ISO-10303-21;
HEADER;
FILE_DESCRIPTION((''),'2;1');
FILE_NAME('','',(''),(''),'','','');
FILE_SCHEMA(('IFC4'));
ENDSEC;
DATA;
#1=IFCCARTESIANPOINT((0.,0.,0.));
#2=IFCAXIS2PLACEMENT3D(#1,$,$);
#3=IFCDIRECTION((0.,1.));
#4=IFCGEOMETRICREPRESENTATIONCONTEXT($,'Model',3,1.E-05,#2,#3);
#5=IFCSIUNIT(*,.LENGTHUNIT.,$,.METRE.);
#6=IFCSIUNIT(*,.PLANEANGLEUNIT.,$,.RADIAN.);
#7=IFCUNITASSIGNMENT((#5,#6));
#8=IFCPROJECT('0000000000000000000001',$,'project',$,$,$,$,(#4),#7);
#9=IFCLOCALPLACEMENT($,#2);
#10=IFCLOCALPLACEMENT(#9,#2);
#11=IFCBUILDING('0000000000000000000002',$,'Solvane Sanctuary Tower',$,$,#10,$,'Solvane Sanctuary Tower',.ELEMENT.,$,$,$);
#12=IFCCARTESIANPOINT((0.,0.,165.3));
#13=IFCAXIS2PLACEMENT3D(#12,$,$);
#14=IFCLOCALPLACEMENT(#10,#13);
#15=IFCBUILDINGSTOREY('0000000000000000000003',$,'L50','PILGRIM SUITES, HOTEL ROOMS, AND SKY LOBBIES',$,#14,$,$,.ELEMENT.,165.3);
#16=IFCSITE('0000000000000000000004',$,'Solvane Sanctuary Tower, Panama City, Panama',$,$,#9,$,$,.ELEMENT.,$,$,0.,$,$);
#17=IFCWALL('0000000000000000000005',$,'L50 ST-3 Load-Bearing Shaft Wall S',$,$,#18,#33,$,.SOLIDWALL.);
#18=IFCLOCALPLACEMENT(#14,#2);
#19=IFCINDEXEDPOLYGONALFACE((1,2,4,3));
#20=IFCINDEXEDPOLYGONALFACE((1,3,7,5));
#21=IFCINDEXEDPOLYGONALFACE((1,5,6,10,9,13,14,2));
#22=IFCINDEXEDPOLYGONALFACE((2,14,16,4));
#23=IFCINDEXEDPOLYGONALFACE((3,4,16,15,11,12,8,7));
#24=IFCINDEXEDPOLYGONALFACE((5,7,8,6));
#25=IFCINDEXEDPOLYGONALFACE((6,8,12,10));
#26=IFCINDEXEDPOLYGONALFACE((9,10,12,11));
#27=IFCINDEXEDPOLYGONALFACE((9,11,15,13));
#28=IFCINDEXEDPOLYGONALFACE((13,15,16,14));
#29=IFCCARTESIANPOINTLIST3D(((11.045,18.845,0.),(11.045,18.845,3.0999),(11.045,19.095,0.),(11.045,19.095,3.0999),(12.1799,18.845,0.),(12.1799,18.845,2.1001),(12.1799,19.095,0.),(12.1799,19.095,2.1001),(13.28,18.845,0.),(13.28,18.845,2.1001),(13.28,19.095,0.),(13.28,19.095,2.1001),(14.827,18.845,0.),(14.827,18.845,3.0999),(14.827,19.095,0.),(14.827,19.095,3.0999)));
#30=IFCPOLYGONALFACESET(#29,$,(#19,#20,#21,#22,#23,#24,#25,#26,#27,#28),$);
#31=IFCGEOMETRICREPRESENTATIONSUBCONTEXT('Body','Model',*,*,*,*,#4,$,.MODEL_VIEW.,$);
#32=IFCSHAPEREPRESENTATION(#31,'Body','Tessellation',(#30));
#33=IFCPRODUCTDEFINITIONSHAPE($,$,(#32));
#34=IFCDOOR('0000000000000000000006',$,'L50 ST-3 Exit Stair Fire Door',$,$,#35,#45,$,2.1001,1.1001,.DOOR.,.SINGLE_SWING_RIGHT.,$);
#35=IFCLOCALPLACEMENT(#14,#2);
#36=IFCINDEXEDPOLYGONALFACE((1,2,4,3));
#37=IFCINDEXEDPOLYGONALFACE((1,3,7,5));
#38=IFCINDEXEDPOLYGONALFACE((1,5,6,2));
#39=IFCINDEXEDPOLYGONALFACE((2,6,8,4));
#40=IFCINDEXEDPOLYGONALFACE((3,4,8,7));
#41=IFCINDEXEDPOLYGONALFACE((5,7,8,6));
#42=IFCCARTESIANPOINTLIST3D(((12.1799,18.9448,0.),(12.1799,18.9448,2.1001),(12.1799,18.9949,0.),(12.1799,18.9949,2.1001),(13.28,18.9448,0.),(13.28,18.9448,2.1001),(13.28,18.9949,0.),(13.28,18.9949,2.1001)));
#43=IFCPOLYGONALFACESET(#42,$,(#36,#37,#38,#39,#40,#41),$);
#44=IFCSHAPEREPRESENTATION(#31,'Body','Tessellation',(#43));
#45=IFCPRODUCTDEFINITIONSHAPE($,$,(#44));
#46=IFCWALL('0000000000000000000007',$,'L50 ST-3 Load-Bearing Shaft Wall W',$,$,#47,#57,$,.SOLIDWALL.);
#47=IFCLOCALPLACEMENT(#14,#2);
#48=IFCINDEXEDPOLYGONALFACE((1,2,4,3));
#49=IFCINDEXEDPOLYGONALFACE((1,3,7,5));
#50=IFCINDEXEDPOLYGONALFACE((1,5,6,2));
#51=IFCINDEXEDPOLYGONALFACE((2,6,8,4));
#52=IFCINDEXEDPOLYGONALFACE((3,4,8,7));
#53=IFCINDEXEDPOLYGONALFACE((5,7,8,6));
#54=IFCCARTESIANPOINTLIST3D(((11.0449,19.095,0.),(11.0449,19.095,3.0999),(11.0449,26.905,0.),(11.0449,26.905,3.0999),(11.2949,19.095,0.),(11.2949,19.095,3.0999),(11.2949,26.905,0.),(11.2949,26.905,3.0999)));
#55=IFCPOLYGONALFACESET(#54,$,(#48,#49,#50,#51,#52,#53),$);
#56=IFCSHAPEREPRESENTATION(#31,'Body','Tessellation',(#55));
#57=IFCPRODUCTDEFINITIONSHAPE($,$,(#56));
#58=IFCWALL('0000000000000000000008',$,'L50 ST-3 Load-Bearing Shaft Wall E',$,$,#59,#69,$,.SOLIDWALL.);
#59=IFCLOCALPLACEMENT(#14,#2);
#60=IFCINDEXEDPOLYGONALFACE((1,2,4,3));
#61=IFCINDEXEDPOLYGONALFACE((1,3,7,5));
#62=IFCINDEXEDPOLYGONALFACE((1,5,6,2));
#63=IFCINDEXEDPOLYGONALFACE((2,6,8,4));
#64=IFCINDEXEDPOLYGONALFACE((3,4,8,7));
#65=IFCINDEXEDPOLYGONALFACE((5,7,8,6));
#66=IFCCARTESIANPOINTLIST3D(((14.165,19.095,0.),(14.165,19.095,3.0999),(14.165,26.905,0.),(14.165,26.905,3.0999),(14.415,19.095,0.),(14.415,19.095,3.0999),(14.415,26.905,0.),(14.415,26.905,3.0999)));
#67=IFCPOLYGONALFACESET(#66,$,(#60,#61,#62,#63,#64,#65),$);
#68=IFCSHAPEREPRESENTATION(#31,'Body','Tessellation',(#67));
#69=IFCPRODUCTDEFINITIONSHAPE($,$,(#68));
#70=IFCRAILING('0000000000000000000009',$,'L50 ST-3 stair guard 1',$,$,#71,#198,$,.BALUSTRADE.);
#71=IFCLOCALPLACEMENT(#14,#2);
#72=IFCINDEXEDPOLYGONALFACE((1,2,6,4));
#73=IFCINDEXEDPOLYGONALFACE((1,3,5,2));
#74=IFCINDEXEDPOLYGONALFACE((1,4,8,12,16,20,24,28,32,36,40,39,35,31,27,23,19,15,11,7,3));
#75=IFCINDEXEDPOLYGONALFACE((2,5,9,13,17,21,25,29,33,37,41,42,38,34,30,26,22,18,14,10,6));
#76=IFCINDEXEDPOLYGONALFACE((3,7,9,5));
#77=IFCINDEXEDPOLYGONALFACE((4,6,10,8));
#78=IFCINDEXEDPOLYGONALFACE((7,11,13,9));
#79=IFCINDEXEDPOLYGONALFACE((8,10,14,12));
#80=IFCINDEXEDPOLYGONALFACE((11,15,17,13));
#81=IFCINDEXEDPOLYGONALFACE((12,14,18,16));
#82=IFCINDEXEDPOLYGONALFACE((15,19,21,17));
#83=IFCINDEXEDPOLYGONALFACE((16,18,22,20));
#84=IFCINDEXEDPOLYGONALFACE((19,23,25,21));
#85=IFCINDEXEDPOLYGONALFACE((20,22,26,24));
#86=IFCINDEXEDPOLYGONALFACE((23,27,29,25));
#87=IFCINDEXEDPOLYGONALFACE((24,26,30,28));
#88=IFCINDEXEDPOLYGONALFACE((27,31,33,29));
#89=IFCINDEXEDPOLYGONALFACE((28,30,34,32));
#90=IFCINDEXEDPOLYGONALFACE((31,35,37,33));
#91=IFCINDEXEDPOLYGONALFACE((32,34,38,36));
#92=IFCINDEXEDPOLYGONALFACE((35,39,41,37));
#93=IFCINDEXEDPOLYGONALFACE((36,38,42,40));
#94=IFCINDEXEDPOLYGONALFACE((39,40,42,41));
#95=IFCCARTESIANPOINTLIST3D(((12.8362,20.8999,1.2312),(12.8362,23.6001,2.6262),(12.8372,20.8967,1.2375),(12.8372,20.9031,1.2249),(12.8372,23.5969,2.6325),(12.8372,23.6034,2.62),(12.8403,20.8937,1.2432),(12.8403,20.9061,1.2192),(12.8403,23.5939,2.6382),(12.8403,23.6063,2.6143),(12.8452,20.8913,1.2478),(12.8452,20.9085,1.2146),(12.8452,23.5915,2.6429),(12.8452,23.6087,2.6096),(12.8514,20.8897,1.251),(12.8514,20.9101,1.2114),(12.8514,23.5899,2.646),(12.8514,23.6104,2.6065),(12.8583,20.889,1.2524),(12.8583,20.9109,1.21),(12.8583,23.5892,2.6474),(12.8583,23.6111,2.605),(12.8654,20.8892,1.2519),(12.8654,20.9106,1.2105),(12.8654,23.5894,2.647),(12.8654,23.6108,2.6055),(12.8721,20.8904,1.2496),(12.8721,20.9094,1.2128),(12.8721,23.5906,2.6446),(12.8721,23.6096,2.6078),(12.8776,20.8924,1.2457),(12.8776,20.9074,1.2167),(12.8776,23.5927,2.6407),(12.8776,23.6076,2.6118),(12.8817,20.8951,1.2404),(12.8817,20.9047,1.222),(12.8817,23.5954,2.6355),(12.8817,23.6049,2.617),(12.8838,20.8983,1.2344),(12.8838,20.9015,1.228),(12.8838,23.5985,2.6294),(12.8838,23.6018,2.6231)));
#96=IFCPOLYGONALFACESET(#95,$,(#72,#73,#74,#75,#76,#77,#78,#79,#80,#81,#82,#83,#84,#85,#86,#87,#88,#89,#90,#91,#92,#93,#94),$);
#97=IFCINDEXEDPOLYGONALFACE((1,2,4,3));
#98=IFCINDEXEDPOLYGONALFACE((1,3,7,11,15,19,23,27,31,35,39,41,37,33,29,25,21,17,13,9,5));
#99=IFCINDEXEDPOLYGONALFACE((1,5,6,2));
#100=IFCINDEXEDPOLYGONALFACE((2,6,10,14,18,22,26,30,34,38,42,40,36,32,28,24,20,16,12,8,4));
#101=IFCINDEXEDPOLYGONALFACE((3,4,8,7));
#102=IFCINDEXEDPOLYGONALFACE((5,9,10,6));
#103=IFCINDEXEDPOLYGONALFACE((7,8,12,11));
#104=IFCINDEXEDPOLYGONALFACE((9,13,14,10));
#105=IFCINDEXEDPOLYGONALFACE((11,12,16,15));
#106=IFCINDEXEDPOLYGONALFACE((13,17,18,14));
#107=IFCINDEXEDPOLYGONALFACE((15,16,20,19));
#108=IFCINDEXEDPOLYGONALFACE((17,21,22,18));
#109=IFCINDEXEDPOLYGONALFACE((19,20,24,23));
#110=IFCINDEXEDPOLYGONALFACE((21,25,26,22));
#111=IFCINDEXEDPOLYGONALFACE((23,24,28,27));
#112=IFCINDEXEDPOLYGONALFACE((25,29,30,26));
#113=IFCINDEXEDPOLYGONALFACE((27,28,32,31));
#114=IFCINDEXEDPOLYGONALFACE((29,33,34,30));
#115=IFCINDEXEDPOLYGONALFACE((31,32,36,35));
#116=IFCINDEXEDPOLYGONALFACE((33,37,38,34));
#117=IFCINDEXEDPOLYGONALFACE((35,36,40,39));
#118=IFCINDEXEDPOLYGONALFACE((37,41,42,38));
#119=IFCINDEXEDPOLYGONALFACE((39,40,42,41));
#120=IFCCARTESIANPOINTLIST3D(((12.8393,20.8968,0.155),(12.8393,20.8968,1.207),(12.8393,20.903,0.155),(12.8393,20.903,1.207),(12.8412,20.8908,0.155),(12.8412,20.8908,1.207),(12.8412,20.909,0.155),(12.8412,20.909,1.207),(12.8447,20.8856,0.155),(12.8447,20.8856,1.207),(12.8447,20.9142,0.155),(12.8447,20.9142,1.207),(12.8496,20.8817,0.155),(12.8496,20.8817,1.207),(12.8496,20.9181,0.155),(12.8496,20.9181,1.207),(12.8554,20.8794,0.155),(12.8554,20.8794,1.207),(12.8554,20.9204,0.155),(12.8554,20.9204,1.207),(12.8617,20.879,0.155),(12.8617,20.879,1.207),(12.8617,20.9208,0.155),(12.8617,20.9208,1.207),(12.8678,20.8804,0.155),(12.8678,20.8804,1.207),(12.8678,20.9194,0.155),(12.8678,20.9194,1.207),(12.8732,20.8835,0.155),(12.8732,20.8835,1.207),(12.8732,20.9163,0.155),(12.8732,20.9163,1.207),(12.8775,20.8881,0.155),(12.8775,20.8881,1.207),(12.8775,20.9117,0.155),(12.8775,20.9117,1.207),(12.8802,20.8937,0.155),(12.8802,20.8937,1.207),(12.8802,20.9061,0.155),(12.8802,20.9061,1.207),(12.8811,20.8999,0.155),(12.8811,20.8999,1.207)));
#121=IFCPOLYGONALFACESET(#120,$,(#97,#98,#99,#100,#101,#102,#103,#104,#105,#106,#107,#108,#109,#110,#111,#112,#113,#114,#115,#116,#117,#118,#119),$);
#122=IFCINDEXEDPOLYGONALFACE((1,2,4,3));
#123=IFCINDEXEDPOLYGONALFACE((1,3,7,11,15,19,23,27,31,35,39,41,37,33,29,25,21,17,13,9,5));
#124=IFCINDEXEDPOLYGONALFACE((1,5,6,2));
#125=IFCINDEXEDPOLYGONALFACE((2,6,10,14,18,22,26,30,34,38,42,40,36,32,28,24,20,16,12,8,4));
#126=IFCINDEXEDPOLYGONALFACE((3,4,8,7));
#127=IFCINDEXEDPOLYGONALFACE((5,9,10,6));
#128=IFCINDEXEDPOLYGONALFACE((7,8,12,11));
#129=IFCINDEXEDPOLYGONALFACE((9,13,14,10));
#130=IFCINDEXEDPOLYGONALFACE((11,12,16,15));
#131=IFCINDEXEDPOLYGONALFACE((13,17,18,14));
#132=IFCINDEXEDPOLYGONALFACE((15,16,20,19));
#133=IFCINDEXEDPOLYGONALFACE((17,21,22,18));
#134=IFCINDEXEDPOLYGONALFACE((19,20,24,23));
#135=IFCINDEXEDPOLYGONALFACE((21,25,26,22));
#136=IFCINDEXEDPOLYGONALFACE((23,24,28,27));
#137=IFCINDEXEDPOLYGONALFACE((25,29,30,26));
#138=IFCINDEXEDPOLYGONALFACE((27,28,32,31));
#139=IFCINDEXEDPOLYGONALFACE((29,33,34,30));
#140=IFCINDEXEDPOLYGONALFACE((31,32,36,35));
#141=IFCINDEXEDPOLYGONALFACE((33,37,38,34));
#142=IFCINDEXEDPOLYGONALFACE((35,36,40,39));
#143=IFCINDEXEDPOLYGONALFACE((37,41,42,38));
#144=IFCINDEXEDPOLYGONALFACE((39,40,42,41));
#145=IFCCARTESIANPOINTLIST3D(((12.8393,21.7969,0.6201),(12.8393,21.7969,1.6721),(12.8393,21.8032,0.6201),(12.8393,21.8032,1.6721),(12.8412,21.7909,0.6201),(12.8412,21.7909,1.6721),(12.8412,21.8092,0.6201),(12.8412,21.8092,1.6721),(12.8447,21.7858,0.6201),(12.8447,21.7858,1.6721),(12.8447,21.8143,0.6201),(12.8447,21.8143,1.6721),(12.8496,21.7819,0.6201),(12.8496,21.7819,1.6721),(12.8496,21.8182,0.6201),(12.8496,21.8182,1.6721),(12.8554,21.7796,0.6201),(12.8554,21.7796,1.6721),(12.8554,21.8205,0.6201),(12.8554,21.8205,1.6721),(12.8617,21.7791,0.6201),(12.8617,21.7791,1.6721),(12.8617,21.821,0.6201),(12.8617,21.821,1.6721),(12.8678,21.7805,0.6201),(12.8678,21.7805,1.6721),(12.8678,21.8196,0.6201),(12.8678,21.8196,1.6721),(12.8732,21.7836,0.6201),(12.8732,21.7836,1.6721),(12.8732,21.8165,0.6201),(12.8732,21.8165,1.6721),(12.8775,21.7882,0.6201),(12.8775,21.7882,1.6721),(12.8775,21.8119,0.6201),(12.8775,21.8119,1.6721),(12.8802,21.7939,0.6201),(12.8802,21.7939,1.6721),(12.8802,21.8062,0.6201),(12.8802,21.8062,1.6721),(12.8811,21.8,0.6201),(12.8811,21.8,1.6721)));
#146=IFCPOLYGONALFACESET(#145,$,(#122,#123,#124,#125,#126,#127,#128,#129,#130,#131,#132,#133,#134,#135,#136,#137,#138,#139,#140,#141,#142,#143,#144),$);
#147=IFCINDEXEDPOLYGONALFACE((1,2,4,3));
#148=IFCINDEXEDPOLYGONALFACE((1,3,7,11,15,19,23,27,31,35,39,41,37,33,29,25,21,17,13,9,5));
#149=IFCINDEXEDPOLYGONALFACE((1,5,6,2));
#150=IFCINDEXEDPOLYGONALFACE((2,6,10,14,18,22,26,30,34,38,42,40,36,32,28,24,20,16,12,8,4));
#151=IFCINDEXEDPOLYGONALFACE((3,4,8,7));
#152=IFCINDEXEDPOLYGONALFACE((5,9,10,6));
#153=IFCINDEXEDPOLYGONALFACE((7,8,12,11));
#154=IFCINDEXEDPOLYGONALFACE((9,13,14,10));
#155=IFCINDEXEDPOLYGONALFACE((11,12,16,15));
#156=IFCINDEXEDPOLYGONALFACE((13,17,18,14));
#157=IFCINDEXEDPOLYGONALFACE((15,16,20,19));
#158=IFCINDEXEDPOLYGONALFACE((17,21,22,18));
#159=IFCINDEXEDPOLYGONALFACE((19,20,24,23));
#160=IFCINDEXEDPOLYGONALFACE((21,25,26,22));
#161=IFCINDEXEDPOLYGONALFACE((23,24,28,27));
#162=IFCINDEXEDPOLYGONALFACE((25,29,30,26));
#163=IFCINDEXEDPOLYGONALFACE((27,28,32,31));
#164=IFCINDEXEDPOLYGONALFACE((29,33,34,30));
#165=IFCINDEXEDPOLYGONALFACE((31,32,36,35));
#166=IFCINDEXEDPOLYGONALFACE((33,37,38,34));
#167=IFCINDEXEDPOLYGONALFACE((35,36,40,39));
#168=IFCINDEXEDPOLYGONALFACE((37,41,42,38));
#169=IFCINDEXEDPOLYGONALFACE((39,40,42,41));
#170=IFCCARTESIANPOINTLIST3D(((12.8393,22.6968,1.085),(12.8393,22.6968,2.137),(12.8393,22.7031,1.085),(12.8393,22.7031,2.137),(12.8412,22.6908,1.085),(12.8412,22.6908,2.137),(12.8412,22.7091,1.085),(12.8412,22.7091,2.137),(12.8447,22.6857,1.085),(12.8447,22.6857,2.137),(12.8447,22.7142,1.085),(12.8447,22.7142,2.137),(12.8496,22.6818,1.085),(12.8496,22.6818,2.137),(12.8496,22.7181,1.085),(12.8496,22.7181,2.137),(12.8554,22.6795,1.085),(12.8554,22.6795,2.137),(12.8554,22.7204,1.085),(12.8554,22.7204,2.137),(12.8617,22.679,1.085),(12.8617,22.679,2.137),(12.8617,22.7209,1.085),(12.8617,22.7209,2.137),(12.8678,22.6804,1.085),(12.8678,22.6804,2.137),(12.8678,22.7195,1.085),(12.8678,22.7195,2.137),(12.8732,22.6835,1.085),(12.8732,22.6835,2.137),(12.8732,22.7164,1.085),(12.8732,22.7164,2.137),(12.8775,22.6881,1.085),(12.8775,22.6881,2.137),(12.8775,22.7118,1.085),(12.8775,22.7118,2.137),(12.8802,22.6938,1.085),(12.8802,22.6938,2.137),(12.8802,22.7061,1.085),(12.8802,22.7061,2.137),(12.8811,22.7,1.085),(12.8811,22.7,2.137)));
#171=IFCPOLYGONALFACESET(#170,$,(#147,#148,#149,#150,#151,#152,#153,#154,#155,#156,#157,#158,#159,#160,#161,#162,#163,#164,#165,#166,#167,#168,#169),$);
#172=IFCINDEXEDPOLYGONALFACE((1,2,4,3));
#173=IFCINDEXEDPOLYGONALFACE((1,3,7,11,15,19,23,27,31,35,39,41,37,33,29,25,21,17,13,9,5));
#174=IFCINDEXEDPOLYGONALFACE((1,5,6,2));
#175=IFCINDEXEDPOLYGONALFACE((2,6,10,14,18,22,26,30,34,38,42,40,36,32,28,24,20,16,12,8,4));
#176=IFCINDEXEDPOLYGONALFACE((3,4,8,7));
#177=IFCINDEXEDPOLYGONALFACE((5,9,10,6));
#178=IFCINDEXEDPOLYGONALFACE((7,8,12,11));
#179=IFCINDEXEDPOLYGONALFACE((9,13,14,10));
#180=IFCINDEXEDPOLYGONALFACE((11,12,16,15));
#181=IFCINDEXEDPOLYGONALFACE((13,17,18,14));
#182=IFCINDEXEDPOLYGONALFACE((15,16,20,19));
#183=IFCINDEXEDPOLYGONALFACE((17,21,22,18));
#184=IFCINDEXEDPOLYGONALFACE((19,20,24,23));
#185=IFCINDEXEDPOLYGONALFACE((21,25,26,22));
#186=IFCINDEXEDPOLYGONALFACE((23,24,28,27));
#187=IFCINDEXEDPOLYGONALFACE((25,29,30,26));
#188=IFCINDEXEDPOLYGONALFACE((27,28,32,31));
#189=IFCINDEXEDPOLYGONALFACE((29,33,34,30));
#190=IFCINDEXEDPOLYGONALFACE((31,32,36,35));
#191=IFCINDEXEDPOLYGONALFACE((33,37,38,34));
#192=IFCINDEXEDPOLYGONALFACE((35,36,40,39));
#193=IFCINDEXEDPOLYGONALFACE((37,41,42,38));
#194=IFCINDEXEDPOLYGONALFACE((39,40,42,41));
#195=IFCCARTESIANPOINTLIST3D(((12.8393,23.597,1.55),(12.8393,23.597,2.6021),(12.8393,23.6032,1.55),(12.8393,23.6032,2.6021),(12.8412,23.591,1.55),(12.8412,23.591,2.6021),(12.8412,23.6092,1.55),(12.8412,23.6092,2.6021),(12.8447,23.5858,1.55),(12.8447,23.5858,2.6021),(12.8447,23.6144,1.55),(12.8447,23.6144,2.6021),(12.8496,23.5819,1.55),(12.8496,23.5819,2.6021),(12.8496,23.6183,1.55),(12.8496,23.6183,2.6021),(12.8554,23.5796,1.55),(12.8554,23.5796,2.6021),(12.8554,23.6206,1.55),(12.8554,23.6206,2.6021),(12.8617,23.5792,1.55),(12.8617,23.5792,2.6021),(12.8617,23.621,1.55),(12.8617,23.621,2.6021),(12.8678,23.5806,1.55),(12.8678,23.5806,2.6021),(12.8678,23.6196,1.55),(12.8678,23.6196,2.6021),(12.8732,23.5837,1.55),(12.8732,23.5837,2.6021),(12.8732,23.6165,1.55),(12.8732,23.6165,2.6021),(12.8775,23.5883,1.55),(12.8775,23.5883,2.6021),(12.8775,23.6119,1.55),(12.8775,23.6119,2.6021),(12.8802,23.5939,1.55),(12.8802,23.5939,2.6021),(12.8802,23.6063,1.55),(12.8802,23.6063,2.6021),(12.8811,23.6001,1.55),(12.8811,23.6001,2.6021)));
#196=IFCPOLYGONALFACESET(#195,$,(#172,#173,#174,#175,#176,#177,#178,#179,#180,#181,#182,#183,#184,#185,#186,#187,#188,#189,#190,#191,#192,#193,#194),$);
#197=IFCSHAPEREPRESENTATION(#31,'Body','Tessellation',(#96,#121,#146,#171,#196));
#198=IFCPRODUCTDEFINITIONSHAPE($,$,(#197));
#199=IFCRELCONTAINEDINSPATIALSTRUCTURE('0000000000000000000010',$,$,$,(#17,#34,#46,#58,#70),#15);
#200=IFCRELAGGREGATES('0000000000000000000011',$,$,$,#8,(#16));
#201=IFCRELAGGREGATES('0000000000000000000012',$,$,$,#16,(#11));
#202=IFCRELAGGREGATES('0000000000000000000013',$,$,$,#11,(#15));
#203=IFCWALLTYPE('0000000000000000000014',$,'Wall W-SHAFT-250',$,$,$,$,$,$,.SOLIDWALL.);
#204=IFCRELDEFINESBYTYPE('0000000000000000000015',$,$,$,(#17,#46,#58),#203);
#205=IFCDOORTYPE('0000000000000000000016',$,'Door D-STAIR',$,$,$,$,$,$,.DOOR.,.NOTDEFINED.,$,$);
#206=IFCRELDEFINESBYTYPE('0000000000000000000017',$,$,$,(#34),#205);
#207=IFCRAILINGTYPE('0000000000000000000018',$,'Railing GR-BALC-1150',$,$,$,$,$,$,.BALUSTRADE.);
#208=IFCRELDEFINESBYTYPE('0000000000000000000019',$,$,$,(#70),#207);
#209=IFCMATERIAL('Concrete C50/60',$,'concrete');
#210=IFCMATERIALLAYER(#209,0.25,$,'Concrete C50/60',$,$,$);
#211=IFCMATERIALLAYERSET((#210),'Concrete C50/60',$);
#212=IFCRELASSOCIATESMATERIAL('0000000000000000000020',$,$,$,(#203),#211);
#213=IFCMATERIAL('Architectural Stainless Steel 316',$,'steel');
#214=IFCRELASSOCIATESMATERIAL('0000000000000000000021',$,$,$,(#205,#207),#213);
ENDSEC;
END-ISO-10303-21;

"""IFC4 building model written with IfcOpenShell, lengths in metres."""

from ifc_helpers import new_model, si_unit, direction, frame, frame_2d, origin, origin_2d, place, context, subcontext, project, spatial, rectangle, circle, extrude, material, layer, layer_set, type_object, element, fill, save


model = new_model("IFC4")

# Units and contexts
model_context = context("Model", 3, precision=1e-05, world=origin(), true_north=direction((0.0, 1.0)))
body_context = subcontext(model_context, "Body", "Model", "MODEL_VIEW")
ifc_project = project(units=[si_unit("LENGTHUNIT", "METRE"), si_unit("PLANEANGLEUNIT", "RADIAN")], contexts=[model_context])

# Site, building, storey
site_placement = place(None, origin())
site = spatial("IfcSite", under=ifc_project, at=site_placement, Name="Solvane Sanctuary Tower, Panama City, Panama", CompositionType="ELEMENT", RefElevation=0.0)
building_placement = place(site_placement, origin())
building = spatial("IfcBuilding", under=site, at=building_placement, Name="Solvane Sanctuary Tower", LongName="Solvane Sanctuary Tower", CompositionType="ELEMENT")
storey_placement = place(building_placement, frame((0.0, 0.0, 165.3)))
storey = spatial("IfcBuildingStorey", under=building, at=storey_placement, Name="L50", Description="PILGRIM SUITES, HOTEL ROOMS, AND SKY LOBBIES", CompositionType="ELEMENT", Elevation=165.3)

# Shared definitions
ifc_material_1 = material(Name="Architectural Stainless Steel 316", Category="steel")

# Shared definitions
ifc_material_2 = material(Name="Concrete C50/60", Category="concrete")
ifc_layer_1 = layer(ifc_material_2, 0.25, Name="Concrete C50/60")
ifc_layer_set_1 = layer_set([ifc_layer_1], Name="Concrete C50/60")
wall_type_1 = type_object("IfcWallType", Name="Wall W-SHAFT-250", PredefinedType="SOLIDWALL", material=ifc_layer_set_1)
door_type_1 = type_object("IfcDoorType", Name="Door D-STAIR", OperationType="NOTDEFINED", PredefinedType="DOOR", material=ifc_material_1)

# Wall, opening, door
wall_1_placement = place(storey_placement, frame((11.0449, 18.97, 0.0), z_axis=(0.0, 0.0, 1.0), x_axis=(1.0, 0.0, 0.0)))
wall_1 = element("IfcWall", 1, at=wall_1_placement, inside=storey, type_object=wall_type_1, Name="L50 ST-3 Load-Bearing Shaft Wall S", PredefinedType="SOLIDWALL", context=body_context, shape_type="SweptSolid", body=[
    extrude(rectangle(XDim=3.782, YDim=0.25, at=frame_2d((1.8911, 0.0))), origin(), (0.0, 0.0, 1.0), 3.0999),
])
opening_1_placement = place(wall_1_placement, frame((1.135, 0.0, 0.0)))
opening_1 = element("IfcOpeningElement", 2, at=opening_1_placement, cuts=wall_1, PredefinedType="OPENING", context=body_context, shape_type="SweptSolid", body=[
    extrude(rectangle(XDim=1.1001, YDim=2.1001, at=frame_2d((0.55, 1.05))), frame((0.0, 0.135, 0.0), z_axis=(0.0, -1.0, 0.0), x_axis=(1.0, 0.0, 0.0)), (0.0, 0.0, 1.0), 0.27),
])
door_1_placement = place(opening_1_placement, origin())
door_1 = element("IfcDoor", 3, at=door_1_placement, inside=storey, type_object=door_type_1, Name="L50 ST-3 Exit Stair Fire Door", OperationType="SINGLE_SWING_RIGHT", OverallHeight=2.1001, OverallWidth=1.1001, PredefinedType="DOOR", context=body_context, shape_type="SweptSolid", body=[
    extrude(rectangle(XDim=1.1001, YDim=2.1001, at=frame_2d((0.55, 1.05))), frame((0.0, 0.0249, 0.0), z_axis=(0.0, -1.0, 0.0), x_axis=(1.0, 0.0, 0.0)), (0.0, 0.0, 1.0), 0.05),
])
fill(opening_1, door_1)

# Walls
for number, where, z_axis, x_axis, name in (
    (4, (11.1699, 19.095, 0.0), (0.0, 0.0, 1.0), (0.0, 1.0, 0.0), "L50 ST-3 Load-Bearing Shaft Wall W"),
    (5, (14.29, 19.095, 0.0), (0.0, 0.0, 1.0), (0.0, 1.0, 0.0), "L50 ST-3 Load-Bearing Shaft Wall E"),
):
    element("IfcWall", number, at=place(storey_placement, frame(where, z_axis=z_axis, x_axis=x_axis)), inside=storey, type_object=wall_type_1, Name=name, PredefinedType="SOLIDWALL", context=body_context, shape_type="SweptSolid", body=[
        extrude(rectangle(XDim=7.8101, YDim=0.25, at=frame_2d((3.905, 0.0))), origin(), (0.0, 0.0, 1.0), 3.0999),
    ])

# Railing
railing_type = type_object("IfcRailingType", Name="Railing GR-BALC-1150", PredefinedType="BALUSTRADE", material=ifc_material_1)
railing_1_placement = place(storey_placement, frame((12.8601, 20.8999, 0.155)))
element("IfcRailing", 6, at=railing_1_placement, inside=storey, type_object=railing_type, Name="L50 ST-3 stair guard 1", PredefinedType="BALUSTRADE", context=body_context, shape_type="SweptSolid", body=[
    extrude(circle(Radius=0.0239, at=origin_2d()), frame((0.0, 0.0, 1.0762), z_axis=(0.0, 0.888437, 0.458999), x_axis=(-1.0, 0.0, 0.0)), (0.0, 0.0, 1.0), 3.0393),
    extrude(circle(Radius=0.021, at=origin_2d()), origin(), (0.0, 0.0, 1.0), 1.052),
    extrude(circle(Radius=0.021, at=origin_2d()), frame((0.0, 0.9001, 0.4651)), (0.0, 0.0, 1.0), 1.052),
    extrude(circle(Radius=0.021, at=origin_2d()), frame((0.0, 1.8, 0.9299)), (0.0, 0.0, 1.0), 1.052),
    extrude(circle(Radius=0.021, at=origin_2d()), frame((0.0, 2.7002, 1.395)), (0.0, 0.0, 1.0), 1.052),
])

save(model, "model.ifc")
